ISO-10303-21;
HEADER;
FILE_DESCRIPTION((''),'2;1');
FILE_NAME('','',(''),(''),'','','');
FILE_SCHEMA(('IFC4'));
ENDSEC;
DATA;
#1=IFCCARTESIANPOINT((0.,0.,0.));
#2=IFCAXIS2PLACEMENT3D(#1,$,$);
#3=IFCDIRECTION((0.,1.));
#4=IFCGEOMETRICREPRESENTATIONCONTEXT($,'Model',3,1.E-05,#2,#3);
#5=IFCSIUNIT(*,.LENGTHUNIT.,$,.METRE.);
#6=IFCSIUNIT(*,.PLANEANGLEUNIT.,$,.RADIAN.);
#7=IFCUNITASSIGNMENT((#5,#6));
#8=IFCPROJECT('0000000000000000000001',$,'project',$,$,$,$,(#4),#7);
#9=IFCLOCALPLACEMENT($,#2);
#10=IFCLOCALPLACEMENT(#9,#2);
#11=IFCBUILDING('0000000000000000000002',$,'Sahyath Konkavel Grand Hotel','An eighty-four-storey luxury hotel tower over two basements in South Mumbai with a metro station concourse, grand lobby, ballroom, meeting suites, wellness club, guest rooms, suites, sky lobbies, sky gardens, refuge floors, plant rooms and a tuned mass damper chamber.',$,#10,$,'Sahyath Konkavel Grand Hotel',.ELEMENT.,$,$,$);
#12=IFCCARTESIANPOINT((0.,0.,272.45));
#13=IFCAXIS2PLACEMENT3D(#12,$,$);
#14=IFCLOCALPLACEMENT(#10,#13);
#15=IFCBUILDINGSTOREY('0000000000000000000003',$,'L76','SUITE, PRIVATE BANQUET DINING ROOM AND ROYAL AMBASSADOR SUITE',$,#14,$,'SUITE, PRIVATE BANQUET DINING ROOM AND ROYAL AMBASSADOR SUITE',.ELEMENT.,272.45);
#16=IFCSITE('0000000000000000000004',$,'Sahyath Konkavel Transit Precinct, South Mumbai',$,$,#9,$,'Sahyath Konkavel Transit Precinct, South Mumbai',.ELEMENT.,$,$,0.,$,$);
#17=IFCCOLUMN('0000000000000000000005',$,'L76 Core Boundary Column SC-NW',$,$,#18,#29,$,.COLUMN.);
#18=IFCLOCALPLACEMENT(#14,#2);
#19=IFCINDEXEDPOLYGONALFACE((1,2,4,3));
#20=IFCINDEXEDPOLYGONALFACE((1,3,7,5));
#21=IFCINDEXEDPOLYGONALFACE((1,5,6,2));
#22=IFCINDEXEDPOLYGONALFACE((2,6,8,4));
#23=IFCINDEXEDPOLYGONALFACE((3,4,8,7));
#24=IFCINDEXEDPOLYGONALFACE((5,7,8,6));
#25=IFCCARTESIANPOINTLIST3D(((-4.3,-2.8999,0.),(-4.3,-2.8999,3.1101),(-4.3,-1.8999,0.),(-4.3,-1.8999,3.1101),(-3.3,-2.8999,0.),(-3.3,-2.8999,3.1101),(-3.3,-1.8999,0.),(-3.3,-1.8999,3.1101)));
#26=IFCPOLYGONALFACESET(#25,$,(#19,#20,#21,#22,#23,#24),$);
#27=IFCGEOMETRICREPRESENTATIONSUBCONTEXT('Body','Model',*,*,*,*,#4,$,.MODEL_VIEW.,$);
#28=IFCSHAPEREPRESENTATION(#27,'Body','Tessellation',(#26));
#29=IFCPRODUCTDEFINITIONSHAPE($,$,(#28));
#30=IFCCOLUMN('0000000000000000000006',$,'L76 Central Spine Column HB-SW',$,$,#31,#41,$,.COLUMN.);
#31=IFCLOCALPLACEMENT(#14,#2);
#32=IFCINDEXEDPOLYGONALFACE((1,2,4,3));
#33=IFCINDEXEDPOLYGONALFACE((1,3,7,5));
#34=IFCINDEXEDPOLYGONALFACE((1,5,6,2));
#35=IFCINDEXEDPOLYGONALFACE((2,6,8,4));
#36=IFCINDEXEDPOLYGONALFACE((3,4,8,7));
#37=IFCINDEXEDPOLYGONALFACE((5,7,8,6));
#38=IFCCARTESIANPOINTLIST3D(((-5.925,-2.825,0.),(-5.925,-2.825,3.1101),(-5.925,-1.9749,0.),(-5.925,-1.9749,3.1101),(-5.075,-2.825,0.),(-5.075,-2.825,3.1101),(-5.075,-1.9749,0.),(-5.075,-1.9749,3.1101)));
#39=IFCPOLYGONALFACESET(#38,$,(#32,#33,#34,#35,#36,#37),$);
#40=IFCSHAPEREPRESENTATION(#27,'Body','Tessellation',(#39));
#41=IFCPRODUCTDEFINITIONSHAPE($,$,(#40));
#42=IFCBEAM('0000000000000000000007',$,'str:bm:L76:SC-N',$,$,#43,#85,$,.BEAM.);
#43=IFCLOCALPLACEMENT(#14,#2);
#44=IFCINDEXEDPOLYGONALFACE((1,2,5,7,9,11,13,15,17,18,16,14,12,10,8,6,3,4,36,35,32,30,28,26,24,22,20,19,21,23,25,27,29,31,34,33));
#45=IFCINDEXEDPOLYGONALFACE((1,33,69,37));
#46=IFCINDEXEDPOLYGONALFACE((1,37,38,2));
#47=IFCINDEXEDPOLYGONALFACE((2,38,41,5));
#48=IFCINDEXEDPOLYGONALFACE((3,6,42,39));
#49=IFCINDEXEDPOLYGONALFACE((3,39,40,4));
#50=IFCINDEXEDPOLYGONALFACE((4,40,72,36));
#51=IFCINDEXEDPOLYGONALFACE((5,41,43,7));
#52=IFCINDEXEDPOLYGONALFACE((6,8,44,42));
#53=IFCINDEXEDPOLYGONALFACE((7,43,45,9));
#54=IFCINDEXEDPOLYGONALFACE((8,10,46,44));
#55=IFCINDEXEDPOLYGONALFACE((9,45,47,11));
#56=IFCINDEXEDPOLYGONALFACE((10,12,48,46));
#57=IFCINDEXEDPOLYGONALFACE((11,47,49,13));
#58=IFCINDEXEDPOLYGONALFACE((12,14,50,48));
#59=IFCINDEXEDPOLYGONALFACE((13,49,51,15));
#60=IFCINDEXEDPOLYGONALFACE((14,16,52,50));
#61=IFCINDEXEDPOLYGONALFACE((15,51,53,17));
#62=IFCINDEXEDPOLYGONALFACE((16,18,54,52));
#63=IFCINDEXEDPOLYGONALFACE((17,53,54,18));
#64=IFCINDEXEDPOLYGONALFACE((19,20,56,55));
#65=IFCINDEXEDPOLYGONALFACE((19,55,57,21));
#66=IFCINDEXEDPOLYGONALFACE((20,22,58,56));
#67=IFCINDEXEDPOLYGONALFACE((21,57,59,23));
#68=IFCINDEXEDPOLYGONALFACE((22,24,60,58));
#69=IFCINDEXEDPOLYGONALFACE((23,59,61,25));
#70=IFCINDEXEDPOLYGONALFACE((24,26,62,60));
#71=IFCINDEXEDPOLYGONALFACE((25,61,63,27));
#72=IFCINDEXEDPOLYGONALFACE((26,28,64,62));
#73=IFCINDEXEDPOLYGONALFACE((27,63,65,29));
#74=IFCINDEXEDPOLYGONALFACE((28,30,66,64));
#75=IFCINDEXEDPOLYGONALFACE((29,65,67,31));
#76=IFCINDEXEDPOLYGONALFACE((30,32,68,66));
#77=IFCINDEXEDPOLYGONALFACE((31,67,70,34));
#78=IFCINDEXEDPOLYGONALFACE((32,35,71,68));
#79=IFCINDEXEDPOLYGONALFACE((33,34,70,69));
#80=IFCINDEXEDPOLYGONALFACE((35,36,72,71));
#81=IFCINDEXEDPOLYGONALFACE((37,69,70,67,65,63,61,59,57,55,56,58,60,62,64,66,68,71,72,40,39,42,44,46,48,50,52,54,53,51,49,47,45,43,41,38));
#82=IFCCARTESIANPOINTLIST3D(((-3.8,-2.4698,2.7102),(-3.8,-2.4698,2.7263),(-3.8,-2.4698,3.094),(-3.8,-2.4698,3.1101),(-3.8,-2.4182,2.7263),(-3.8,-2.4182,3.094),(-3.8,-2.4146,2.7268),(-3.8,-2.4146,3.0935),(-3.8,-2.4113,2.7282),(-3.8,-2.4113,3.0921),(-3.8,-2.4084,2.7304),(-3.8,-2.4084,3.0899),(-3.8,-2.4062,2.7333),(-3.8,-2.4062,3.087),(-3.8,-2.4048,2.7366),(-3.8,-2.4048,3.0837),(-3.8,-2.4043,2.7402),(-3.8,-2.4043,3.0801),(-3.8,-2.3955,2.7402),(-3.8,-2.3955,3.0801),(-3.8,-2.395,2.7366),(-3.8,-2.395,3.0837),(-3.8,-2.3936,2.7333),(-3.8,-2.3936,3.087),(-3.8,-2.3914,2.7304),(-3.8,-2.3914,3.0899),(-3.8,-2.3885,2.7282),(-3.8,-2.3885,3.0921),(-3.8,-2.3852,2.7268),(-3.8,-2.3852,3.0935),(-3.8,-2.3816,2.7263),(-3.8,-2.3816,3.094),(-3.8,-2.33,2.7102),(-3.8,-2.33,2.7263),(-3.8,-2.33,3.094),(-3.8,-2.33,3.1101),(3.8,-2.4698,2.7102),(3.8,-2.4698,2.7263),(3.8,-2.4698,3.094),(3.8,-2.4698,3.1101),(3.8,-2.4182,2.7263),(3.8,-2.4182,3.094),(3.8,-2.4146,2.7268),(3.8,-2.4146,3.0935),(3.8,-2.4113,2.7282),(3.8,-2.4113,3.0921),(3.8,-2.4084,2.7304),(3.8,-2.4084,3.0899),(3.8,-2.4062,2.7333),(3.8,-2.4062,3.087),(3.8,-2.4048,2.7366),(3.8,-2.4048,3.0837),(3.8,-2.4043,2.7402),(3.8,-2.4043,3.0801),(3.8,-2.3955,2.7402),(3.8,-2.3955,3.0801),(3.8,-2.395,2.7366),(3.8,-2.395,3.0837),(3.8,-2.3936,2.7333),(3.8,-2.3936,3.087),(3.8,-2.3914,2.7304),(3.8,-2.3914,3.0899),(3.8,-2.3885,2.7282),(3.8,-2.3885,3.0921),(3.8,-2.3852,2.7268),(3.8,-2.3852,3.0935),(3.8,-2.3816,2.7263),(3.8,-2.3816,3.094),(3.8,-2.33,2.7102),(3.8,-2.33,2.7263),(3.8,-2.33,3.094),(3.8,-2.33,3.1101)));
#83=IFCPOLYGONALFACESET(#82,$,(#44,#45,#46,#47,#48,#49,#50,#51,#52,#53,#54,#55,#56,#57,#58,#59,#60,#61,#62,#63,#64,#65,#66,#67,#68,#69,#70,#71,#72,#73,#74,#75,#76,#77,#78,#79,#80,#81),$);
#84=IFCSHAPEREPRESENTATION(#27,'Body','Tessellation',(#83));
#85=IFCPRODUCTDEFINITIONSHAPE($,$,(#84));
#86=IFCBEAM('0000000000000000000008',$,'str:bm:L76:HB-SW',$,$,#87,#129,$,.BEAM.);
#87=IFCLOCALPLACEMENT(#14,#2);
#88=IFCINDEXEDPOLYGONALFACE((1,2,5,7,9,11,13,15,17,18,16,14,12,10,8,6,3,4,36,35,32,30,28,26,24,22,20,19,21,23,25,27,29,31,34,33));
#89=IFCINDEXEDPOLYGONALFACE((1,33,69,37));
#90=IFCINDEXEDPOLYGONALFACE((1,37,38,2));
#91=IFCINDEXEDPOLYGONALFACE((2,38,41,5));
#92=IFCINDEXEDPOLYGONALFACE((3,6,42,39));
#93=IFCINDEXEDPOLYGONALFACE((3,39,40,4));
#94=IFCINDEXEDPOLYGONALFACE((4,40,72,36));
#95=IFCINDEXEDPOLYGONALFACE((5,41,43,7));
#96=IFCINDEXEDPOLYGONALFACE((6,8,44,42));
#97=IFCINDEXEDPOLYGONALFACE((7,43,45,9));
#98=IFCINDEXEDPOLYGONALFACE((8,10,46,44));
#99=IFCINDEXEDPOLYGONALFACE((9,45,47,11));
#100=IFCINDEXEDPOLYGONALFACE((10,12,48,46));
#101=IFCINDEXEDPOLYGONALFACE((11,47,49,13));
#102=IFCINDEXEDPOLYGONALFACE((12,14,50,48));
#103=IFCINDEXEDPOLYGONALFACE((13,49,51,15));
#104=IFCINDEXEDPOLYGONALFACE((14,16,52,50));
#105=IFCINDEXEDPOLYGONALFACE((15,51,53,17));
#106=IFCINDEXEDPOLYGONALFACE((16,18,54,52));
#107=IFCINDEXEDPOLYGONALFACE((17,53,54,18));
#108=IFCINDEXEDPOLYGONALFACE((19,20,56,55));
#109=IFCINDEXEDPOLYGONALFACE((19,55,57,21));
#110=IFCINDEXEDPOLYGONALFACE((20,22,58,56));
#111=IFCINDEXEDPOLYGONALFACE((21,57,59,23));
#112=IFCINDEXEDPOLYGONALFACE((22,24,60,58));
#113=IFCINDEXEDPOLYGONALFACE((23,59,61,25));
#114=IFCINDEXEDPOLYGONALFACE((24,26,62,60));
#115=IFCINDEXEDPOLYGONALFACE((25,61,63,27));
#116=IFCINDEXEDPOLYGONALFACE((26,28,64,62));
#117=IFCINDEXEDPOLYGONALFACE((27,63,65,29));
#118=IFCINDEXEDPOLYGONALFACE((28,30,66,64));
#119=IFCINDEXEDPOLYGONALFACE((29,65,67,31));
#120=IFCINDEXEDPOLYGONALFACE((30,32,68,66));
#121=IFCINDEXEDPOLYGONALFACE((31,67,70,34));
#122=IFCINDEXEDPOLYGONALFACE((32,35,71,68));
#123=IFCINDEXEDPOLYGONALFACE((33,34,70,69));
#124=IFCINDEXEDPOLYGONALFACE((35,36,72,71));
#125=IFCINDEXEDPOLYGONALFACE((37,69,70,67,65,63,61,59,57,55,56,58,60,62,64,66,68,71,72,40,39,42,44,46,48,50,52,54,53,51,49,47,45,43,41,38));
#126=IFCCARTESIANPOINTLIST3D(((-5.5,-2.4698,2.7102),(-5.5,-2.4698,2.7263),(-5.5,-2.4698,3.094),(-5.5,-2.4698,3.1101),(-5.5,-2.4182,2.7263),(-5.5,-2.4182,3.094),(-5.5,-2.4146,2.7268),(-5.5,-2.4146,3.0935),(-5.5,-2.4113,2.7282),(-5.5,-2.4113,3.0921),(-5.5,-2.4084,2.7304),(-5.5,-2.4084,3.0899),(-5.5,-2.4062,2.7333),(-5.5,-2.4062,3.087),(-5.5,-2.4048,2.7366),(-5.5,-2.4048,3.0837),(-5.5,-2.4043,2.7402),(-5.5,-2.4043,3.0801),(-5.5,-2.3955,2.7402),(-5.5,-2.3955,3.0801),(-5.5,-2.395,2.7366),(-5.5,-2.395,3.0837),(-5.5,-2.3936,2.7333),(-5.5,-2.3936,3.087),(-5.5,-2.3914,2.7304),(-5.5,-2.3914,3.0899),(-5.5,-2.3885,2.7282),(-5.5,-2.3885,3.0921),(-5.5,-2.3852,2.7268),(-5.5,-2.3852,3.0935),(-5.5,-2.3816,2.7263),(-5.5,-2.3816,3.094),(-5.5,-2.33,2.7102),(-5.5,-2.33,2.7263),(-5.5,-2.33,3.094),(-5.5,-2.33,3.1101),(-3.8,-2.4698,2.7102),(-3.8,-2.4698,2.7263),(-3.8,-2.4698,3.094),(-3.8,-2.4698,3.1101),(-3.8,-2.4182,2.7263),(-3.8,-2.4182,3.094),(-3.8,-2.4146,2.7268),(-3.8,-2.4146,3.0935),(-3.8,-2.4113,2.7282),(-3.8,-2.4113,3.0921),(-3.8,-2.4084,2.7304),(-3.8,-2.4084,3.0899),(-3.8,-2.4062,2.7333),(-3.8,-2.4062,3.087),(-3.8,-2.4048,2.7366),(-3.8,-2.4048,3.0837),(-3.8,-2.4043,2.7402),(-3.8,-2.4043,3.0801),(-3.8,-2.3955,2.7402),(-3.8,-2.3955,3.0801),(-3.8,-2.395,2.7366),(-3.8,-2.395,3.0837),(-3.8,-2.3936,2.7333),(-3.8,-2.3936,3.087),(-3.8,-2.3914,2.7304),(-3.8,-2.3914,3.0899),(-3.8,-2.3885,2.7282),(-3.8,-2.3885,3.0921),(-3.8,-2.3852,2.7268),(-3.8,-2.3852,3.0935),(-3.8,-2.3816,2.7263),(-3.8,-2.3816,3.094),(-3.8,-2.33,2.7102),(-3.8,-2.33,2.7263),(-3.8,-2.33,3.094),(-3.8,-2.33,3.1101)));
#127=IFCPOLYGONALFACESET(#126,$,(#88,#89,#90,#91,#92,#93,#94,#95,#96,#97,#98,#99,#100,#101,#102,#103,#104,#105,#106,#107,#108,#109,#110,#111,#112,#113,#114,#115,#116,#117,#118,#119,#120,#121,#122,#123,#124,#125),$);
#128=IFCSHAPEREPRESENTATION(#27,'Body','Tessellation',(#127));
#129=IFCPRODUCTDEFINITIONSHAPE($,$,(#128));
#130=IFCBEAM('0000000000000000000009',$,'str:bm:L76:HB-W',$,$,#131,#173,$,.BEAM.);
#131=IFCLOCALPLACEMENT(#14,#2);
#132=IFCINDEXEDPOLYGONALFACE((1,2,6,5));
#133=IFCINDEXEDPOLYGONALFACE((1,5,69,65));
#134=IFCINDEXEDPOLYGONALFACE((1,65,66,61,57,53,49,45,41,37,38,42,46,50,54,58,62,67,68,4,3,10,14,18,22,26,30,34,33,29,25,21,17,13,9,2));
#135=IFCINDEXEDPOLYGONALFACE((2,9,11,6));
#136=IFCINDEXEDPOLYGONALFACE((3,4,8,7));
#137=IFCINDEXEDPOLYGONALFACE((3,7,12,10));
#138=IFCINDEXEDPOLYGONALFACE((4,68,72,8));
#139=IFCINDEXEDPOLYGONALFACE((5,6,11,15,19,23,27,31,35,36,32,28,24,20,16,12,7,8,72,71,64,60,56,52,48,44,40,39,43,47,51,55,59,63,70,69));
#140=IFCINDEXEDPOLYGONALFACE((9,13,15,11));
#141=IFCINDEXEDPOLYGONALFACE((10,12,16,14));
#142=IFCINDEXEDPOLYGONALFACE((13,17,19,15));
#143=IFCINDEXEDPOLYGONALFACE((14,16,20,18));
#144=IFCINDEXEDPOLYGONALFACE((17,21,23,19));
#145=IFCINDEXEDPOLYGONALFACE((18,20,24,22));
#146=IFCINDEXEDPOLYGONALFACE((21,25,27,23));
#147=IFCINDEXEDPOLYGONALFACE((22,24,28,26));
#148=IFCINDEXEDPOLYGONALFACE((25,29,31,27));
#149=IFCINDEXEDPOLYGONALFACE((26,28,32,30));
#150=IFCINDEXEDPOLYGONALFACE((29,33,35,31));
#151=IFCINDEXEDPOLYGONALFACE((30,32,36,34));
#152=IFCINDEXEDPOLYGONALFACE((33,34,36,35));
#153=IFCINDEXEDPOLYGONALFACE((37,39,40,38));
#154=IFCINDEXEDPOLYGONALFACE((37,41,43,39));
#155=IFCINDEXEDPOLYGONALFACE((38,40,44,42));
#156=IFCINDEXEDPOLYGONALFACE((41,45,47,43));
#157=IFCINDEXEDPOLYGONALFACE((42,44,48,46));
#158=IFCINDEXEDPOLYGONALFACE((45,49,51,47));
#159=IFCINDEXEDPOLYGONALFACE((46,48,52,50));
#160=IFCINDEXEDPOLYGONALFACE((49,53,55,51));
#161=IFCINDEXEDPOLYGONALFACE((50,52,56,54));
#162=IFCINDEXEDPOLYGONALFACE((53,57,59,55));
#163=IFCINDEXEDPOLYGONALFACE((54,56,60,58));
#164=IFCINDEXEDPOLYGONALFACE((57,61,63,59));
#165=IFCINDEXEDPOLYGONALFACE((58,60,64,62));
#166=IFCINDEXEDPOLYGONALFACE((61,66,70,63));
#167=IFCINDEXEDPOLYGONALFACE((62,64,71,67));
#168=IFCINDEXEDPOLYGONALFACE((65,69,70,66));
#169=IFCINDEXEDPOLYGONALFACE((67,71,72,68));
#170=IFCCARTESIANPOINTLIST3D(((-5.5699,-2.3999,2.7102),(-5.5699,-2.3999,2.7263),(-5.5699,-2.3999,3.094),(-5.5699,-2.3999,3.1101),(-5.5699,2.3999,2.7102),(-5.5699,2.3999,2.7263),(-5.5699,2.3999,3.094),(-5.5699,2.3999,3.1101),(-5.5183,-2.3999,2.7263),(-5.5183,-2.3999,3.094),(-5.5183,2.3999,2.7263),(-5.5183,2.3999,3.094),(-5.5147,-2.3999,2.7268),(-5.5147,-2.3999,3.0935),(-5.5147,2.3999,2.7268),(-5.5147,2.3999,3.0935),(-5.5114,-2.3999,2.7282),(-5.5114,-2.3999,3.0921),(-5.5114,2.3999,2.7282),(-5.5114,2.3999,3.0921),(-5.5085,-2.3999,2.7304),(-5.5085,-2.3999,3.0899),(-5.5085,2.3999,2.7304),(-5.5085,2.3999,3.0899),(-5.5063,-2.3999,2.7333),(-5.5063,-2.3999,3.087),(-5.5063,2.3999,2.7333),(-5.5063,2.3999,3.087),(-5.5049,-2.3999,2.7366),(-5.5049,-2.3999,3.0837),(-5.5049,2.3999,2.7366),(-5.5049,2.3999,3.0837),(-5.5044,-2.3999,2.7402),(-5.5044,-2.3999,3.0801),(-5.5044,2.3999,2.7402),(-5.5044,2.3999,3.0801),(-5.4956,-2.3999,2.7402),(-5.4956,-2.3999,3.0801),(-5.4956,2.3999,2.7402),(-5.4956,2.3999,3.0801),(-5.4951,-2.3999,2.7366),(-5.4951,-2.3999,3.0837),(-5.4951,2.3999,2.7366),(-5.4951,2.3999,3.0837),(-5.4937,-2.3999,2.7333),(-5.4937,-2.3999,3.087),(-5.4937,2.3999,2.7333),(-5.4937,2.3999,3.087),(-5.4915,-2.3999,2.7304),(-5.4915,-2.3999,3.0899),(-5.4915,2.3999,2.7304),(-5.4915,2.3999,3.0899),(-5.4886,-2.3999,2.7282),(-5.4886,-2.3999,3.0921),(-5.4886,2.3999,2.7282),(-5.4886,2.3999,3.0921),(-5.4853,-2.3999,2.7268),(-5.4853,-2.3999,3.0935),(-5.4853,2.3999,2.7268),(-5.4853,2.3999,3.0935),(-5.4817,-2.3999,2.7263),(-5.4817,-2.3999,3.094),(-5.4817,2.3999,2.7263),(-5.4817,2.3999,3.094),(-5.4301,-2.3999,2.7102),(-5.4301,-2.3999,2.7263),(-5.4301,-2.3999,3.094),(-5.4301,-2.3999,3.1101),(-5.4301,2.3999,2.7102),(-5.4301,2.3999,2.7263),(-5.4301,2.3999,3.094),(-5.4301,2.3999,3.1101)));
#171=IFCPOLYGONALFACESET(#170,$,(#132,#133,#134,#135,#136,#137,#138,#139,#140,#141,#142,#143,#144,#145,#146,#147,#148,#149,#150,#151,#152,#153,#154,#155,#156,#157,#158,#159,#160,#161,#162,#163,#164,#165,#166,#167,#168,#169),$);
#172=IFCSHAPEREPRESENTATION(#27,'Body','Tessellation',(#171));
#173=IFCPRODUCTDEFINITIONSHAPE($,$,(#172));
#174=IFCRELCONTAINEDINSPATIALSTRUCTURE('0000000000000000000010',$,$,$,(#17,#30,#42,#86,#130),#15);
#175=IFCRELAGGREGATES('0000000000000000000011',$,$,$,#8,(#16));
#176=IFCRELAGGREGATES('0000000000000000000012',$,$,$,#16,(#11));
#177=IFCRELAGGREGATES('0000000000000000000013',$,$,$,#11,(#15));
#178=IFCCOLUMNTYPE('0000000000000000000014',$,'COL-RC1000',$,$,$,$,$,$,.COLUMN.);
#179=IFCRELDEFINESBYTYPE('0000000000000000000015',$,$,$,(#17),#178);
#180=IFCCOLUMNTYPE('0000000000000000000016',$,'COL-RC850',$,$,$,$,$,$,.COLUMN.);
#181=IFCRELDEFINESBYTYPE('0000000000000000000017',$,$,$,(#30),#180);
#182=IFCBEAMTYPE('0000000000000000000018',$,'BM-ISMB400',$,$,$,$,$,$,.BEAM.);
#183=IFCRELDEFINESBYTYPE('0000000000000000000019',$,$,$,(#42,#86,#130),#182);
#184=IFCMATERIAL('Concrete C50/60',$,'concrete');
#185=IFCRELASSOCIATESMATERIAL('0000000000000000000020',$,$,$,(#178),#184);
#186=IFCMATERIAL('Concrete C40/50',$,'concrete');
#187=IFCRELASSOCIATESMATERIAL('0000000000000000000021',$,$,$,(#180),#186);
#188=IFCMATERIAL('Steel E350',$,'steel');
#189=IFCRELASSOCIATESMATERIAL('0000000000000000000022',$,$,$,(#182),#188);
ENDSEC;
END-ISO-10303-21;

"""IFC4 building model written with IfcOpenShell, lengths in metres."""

from ifc_helpers import new_model, si_unit, direction, frame, origin, origin_2d, place, context, subcontext, project, spatial, rectangle, i_section, extrude, source, transform, mapped, material, material_profile, profile_set, type_object, element, save


model = new_model("IFC4")

# Units and contexts
model_context = context("Model", 3, precision=1e-05, world=origin(), true_north=direction((0.0, 1.0)))
body_context = subcontext(model_context, "Body", "Model", "MODEL_VIEW")
ifc_project = project(units=[si_unit("LENGTHUNIT", "METRE"), si_unit("PLANEANGLEUNIT", "RADIAN")], contexts=[model_context])

# Site, building, storey
site_placement = place(None, origin())
site = spatial("IfcSite", under=ifc_project, at=site_placement, Name="Sahyath Konkavel Transit Precinct, South Mumbai", LongName="Sahyath Konkavel Transit Precinct, South Mumbai", CompositionType="ELEMENT", RefElevation=0.0)
building_placement = place(site_placement, origin())
building = spatial("IfcBuilding", under=site, at=building_placement, Name="Sahyath Konkavel Grand Hotel", Description="An eighty-four-storey luxury hotel tower over two basements in South Mumbai with a metro station concourse, grand lobby, ballroom, meeting suites, wellness club, guest rooms, suites, sky lobbies, sky gardens, refuge floors, plant rooms and a tuned mass damper chamber.", LongName="Sahyath Konkavel Grand Hotel", CompositionType="ELEMENT")
storey_placement = place(building_placement, frame((0.0, 0.0, 272.45)))
storey = spatial("IfcBuildingStorey", under=building, at=storey_placement, Name="L76", Description="SUITE, PRIVATE BANQUET DINING ROOM AND ROYAL AMBASSADOR SUITE", LongName="SUITE, PRIVATE BANQUET DINING ROOM AND ROYAL AMBASSADOR SUITE", CompositionType="ELEMENT", Elevation=272.45)

# Columns
ifc_material_1 = material(Name="Concrete C50/60", Category="concrete")
ifc_material_profile_1 = material_profile(ifc_material_1, rectangle(XDim=1.0, YDim=1.0, at=origin_2d()), Name="RC 1000x1000")
ifc_profile_set_1 = profile_set([ifc_material_profile_1], Name="Concrete C50/60")
column_type_1 = type_object("IfcColumnType", Name="COL-RC1000", PredefinedType="COLUMN", material=ifc_profile_set_1)
shared_shape_1 = source(origin(), body_context, "Body", "SweptSolid", [
    extrude(rectangle(XDim=1.0, YDim=1.0, at=origin_2d()), origin(), (0.0, 0.0, 1.0), 3.1101),
])
column_1_placement = place(storey_placement, frame((-3.8, -2.3999, 0.0), z_axis=(0.0, 0.0, 1.0), x_axis=(1.0, 0.0, 0.0)))
element("IfcColumn", 1, at=column_1_placement, inside=storey, type_object=column_type_1, Name="L76 Core Boundary Column SC-NW", PredefinedType="COLUMN", context=body_context, shape_type="MappedRepresentation", body=[
    mapped(shared_shape_1, transform((0.0, 0.0, 0.0), scale=1.0)),
])
ifc_material_2 = material(Name="Concrete C40/50", Category="concrete")
ifc_material_profile_2 = material_profile(ifc_material_2, rectangle(XDim=0.8501, YDim=0.8501, at=origin_2d()), Name="RC 850x850")
ifc_profile_set_2 = profile_set([ifc_material_profile_2], Name="Concrete C40/50")
column_type_2 = type_object("IfcColumnType", Name="COL-RC850", PredefinedType="COLUMN", material=ifc_profile_set_2)
shared_shape_2 = source(origin(), body_context, "Body", "SweptSolid", [
    extrude(rectangle(XDim=0.8501, YDim=0.8501, at=origin_2d()), origin(), (0.0, 0.0, 1.0), 3.1101),
])
column_2_placement = place(storey_placement, frame((-5.5, -2.3999, 0.0), z_axis=(0.0, 0.0, 1.0), x_axis=(1.0, 0.0, 0.0)))
element("IfcColumn", 2, at=column_2_placement, inside=storey, type_object=column_type_2, Name="L76 Central Spine Column HB-SW", PredefinedType="COLUMN", context=body_context, shape_type="MappedRepresentation", body=[
    mapped(shared_shape_2, transform((0.0, 0.0, 0.0), scale=1.0)),
])

# Beams
ifc_material_3 = material(Name="Steel E350", Category="steel")
ifc_material_profile_3 = material_profile(ifc_material_3, i_section(OverallWidth=0.1399, OverallDepth=0.3999, WebThickness=0.0088, FlangeThickness=0.0161, FilletRadius=0.0139, at=origin_2d()), Name="ISMB 400")
ifc_profile_set_3 = profile_set([ifc_material_profile_3], Name="Steel E350")
beam_type_1 = type_object("IfcBeamType", Name="BM-ISMB400", PredefinedType="BEAM", material=ifc_profile_set_3)
shared_shape_3 = source(origin(), body_context, "Body", "SweptSolid", [
    extrude(i_section(OverallWidth=0.1399, OverallDepth=0.3999, WebThickness=0.0088, FlangeThickness=0.0161, FilletRadius=0.0139, at=origin_2d()), origin(), (0.0, 0.0, 1.0), 7.6001),
])
beam_1_placement = place(storey_placement, frame((-3.8, -2.3999, 2.9102), z_axis=(1.0, 0.0, 0.0), x_axis=(0.0, 1.0, 0.0)))
element("IfcBeam", 3, at=beam_1_placement, inside=storey, type_object=beam_type_1, Name="str:bm:L76:SC-N", PredefinedType="BEAM", context=body_context, shape_type="MappedRepresentation", body=[
    mapped(shared_shape_3, transform((0.0, 0.0, 0.0), scale=1.0)),
])
shared_shape_4 = source(origin(), body_context, "Body", "SweptSolid", [
    extrude(i_section(OverallWidth=0.1399, OverallDepth=0.3999, WebThickness=0.0088, FlangeThickness=0.0161, FilletRadius=0.0139, at=origin_2d()), origin(), (0.0, 0.0, 1.0), 1.7),
])
beam_2_placement = place(storey_placement, frame((-5.5, -2.3999, 2.9102), z_axis=(1.0, 0.0, 0.0), x_axis=(0.0, 1.0, 0.0)))
element("IfcBeam", 4, at=beam_2_placement, inside=storey, type_object=beam_type_1, Name="str:bm:L76:HB-SW", PredefinedType="BEAM", context=body_context, shape_type="MappedRepresentation", body=[
    mapped(shared_shape_4, transform((0.0, 0.0, 0.0), scale=1.0)),
])
shared_shape_5 = source(origin(), body_context, "Body", "SweptSolid", [
    extrude(i_section(OverallWidth=0.1399, OverallDepth=0.3999, WebThickness=0.0088, FlangeThickness=0.0161, FilletRadius=0.0139, at=origin_2d()), origin(), (0.0, 0.0, 1.0), 4.7998),
])
beam_3_placement = place(storey_placement, frame((-5.5, -2.3999, 2.9102), z_axis=(0.0, 1.0, 0.0), x_axis=(-1.0, 0.0, 0.0)))
element("IfcBeam", 5, at=beam_3_placement, inside=storey, type_object=beam_type_1, Name="str:bm:L76:HB-W", PredefinedType="BEAM", context=body_context, shape_type="MappedRepresentation", body=[
    mapped(shared_shape_5, transform((0.0, 0.0, 0.0), scale=1.0)),
])

save(model, "model.ifc")
